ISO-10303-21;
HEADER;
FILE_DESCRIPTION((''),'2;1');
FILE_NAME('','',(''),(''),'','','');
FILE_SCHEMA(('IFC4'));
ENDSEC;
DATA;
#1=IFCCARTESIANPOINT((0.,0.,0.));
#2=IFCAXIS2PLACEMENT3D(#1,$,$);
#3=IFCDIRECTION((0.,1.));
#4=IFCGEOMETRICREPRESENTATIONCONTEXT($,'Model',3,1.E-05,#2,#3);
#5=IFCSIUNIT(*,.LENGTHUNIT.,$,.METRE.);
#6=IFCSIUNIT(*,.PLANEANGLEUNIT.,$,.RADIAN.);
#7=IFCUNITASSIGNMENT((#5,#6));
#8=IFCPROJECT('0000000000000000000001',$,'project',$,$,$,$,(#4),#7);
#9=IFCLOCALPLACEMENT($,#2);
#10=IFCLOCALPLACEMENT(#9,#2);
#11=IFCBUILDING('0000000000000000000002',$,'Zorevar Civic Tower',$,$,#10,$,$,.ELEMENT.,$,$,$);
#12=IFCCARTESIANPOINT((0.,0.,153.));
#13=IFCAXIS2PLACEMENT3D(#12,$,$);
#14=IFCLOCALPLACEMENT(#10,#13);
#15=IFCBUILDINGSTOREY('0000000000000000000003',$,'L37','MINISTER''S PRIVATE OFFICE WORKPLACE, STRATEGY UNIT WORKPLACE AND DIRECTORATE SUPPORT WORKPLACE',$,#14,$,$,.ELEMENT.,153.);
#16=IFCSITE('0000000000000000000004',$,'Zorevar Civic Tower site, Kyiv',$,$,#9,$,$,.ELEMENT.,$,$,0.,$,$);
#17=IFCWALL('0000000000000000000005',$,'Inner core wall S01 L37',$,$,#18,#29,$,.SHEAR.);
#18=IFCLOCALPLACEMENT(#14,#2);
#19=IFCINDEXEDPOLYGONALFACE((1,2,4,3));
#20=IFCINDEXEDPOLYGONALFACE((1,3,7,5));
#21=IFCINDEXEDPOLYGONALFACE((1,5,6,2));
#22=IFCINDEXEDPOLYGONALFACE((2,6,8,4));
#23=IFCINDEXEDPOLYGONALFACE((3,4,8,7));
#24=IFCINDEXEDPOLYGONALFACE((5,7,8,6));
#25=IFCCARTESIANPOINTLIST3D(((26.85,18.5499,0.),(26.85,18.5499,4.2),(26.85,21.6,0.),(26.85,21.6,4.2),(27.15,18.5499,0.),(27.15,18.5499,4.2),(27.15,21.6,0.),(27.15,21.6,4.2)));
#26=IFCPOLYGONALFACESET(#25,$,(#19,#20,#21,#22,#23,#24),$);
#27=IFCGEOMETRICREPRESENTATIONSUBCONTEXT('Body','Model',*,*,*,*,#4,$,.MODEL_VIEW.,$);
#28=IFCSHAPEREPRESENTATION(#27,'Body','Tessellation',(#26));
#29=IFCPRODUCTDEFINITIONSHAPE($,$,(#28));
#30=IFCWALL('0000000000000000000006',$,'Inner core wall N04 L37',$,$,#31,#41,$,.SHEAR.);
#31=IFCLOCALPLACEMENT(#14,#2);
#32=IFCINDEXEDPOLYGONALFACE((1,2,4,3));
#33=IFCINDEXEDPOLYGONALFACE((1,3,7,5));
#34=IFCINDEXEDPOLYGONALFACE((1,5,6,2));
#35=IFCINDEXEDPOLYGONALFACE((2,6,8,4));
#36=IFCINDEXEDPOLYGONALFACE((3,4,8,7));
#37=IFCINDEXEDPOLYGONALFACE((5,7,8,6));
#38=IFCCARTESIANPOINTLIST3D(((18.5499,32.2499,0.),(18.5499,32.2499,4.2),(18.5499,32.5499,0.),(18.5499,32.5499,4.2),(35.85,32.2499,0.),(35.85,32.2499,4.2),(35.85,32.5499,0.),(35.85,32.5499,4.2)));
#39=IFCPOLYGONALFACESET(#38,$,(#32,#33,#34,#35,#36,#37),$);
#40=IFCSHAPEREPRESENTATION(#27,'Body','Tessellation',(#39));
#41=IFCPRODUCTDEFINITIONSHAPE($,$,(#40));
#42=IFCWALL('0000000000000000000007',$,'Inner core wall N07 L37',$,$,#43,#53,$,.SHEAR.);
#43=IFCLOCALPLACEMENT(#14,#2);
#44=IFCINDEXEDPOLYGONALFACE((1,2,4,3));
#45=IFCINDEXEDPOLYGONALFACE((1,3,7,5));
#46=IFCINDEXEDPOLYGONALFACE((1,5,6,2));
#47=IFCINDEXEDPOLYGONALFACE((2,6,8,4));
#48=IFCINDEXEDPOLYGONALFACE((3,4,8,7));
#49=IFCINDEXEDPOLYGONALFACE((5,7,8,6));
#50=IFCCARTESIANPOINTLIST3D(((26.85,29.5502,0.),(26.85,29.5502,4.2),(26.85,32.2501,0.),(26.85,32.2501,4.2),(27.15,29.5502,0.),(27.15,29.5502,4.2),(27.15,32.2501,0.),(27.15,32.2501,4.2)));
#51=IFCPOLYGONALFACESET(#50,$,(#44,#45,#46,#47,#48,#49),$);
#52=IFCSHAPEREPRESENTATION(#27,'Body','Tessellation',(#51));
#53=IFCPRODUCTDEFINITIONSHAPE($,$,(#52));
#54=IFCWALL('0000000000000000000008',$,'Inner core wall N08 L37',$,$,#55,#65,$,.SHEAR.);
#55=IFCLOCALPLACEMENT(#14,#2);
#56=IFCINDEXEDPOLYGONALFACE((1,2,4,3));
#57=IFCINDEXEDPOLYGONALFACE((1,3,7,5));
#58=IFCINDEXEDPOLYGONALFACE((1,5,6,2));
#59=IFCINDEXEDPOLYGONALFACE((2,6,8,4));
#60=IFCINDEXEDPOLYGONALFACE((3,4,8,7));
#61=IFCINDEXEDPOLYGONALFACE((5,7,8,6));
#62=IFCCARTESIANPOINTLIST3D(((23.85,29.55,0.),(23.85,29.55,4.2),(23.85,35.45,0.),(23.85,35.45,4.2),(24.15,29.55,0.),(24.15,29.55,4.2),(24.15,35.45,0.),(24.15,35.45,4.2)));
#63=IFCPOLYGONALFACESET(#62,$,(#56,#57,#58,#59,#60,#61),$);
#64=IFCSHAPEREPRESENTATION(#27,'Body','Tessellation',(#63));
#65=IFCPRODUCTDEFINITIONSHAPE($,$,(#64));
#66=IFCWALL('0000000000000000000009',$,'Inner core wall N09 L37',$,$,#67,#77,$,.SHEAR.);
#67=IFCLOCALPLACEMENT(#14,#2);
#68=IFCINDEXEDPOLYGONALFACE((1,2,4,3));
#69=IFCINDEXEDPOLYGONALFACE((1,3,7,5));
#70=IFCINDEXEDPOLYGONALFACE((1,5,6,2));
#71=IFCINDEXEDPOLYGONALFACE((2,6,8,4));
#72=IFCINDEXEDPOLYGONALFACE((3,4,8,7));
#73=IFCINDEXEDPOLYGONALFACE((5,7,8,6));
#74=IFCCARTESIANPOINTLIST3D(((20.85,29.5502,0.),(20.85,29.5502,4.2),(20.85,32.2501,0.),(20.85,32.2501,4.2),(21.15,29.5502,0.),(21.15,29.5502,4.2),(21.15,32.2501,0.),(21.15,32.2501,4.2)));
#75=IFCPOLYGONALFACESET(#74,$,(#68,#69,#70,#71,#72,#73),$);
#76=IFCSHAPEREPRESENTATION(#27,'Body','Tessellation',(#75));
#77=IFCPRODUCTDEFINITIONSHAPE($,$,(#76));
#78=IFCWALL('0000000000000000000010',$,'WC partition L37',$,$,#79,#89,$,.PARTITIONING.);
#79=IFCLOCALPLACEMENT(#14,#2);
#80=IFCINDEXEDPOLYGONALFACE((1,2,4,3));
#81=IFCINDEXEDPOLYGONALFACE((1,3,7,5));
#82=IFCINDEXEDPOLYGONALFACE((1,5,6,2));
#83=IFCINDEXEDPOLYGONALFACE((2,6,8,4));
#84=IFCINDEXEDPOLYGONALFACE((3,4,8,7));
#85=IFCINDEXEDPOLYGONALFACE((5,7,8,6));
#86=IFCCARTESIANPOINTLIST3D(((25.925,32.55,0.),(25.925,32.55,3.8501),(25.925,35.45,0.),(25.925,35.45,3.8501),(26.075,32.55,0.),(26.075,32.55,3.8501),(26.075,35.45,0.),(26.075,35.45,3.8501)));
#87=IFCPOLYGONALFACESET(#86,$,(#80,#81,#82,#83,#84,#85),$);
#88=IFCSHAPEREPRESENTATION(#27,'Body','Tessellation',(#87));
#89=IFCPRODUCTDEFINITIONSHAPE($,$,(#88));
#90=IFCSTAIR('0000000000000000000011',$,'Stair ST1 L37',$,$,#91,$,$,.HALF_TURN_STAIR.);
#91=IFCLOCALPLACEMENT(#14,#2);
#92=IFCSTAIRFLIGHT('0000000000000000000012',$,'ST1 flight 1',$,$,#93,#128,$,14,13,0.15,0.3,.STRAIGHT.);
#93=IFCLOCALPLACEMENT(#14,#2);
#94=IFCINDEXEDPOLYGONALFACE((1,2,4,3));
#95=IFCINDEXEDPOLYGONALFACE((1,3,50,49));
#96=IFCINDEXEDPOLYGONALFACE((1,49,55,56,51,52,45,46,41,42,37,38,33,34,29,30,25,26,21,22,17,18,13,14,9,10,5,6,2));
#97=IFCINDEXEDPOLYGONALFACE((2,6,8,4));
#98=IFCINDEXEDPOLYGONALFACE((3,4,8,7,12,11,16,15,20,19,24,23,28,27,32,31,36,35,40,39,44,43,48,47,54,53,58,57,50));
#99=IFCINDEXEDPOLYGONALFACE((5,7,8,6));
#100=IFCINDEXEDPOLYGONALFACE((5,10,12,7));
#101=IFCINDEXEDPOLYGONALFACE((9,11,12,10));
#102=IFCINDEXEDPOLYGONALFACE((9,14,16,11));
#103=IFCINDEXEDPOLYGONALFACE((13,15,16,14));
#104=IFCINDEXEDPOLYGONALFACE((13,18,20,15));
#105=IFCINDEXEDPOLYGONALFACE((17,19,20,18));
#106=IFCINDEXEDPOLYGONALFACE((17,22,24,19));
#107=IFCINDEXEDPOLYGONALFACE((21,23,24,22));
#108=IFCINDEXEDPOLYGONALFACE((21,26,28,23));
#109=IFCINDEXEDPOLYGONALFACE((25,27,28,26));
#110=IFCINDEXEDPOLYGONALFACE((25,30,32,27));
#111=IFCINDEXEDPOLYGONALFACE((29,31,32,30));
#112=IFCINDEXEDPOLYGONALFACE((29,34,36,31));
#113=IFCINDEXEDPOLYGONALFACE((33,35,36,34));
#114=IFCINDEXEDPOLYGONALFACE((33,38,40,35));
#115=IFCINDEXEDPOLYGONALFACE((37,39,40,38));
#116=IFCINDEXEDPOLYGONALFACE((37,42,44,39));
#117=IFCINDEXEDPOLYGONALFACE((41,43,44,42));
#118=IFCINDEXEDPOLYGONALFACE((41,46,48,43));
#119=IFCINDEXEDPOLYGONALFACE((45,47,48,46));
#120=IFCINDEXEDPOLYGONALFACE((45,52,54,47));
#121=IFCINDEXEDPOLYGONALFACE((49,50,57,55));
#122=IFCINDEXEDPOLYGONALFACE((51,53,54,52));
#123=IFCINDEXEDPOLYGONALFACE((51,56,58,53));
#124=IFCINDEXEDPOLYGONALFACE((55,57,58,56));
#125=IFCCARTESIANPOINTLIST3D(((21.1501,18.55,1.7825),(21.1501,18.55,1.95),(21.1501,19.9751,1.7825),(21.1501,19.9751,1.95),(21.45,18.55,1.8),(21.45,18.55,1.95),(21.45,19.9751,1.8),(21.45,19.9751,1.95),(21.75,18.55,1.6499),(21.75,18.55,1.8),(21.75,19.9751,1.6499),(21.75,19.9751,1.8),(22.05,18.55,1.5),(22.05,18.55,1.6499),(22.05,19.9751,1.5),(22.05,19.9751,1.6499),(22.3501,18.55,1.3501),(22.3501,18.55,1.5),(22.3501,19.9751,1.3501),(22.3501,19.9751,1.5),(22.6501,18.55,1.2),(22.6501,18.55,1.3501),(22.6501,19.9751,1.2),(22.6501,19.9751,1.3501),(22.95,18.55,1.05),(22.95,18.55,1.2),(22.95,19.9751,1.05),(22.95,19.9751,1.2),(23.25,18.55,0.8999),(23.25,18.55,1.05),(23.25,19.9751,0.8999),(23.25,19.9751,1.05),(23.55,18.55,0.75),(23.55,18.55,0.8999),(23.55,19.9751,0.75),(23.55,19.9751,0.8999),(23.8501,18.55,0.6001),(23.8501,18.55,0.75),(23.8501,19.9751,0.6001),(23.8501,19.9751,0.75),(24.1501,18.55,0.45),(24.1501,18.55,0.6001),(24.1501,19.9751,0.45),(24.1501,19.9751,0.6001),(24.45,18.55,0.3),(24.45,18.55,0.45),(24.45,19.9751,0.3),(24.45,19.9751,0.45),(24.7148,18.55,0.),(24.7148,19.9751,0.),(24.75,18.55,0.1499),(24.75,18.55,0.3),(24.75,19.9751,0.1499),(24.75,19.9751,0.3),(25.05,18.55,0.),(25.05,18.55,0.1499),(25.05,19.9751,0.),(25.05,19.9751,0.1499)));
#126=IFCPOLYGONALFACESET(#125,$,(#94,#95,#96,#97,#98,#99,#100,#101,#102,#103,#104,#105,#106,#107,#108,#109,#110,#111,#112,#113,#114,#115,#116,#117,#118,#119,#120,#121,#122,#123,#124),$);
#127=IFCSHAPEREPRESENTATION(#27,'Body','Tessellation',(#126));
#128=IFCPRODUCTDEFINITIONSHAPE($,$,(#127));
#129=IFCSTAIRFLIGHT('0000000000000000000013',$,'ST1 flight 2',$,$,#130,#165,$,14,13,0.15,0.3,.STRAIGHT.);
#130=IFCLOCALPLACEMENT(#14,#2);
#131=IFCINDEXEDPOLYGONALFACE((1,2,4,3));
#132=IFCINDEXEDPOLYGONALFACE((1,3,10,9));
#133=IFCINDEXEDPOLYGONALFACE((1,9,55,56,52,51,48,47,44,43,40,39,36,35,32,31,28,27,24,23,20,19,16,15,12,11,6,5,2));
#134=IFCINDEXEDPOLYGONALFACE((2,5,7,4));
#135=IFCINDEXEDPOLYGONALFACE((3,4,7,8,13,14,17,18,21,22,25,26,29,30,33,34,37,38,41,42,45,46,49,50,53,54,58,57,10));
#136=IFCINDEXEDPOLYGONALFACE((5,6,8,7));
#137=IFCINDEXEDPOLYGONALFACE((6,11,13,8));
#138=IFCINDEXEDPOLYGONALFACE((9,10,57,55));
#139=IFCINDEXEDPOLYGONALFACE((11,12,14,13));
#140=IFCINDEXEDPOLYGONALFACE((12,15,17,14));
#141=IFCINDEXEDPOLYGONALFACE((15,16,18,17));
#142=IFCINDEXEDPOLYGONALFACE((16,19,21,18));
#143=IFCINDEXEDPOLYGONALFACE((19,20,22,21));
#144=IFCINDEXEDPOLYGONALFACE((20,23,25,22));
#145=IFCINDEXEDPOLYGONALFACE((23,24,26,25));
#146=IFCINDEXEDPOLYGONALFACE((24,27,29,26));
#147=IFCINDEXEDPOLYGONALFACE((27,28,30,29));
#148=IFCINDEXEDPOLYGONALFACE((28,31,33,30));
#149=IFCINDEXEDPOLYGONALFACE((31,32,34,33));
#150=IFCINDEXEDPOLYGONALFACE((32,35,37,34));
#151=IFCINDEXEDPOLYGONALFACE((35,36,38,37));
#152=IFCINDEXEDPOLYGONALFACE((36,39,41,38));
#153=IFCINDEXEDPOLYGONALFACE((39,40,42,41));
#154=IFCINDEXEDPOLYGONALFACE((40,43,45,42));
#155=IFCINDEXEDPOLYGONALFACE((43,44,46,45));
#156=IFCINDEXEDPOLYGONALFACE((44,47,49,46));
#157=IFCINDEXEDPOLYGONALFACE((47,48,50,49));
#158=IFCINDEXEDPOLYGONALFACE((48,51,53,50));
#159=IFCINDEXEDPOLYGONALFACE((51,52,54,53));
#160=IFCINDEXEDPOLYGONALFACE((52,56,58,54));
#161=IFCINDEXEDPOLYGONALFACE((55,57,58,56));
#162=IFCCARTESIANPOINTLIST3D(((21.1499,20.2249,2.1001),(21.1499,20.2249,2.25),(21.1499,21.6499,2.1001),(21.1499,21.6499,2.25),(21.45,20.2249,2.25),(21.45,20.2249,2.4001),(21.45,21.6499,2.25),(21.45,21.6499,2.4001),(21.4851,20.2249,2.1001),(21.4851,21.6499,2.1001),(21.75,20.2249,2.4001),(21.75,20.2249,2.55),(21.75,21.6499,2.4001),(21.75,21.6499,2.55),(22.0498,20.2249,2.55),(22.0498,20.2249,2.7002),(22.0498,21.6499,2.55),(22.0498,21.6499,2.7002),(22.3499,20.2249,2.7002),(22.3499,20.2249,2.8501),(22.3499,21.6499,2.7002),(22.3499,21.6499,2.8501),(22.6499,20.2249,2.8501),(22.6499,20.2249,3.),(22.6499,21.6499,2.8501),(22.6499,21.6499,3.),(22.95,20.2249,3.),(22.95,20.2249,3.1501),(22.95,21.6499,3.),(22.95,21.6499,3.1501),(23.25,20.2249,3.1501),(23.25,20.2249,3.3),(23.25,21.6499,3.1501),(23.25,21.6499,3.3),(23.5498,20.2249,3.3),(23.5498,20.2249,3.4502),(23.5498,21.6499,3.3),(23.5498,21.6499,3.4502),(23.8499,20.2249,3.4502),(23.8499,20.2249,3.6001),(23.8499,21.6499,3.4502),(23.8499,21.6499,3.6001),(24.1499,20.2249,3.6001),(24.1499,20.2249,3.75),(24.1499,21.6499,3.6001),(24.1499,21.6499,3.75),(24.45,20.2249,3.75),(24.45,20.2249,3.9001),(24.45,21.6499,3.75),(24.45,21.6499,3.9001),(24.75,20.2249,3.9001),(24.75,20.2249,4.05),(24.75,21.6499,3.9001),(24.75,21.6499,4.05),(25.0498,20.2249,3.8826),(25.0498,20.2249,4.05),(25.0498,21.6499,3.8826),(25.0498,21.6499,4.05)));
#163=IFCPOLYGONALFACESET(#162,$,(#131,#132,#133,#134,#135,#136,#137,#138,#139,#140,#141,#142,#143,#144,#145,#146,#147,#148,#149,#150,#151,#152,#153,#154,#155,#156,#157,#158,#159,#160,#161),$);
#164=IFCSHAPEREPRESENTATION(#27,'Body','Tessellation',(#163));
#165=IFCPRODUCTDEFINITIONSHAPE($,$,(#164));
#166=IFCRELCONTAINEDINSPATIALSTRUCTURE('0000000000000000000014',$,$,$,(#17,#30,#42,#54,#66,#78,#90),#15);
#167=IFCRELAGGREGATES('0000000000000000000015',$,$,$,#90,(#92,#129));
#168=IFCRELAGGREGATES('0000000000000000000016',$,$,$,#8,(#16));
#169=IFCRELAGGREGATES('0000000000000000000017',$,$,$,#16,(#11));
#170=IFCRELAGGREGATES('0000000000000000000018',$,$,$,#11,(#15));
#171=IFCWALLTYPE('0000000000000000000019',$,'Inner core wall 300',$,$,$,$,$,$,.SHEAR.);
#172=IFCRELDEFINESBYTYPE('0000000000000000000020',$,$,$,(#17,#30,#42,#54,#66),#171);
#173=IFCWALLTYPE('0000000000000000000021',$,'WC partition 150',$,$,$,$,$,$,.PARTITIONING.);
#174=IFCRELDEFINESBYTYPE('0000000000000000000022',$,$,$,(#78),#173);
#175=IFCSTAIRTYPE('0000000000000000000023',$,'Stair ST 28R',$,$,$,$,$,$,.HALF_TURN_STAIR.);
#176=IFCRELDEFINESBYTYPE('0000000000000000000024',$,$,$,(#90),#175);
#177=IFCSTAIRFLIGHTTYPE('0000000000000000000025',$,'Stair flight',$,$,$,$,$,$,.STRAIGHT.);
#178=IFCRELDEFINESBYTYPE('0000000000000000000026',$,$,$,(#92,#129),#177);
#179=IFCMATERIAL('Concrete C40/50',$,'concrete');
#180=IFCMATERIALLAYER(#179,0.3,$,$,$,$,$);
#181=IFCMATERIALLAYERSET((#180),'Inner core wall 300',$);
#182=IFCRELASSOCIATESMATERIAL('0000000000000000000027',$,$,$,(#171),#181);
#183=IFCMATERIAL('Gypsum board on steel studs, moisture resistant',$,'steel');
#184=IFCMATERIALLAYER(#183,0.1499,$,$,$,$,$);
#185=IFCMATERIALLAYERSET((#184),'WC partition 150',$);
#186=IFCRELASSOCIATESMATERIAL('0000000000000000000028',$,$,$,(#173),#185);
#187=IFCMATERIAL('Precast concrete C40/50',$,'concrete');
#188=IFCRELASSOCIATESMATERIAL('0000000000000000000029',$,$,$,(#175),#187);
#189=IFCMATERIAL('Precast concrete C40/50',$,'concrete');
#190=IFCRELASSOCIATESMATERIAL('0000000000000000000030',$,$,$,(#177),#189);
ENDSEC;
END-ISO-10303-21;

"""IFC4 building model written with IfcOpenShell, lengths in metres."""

from ifc_helpers import new_model, si_unit, direction, frame, frame_2d, origin, place, context, subcontext, project, spatial, polyline, rectangle, outline, extrude, material, layer, layer_set, type_object, element, aggregate, save


model = new_model("IFC4")

# Units and contexts
model_context = context("Model", 3, precision=1e-05, world=origin(), true_north=direction((0.0, 1.0)))
body_context = subcontext(model_context, "Body", "Model", "MODEL_VIEW")
ifc_project = project(units=[si_unit("LENGTHUNIT", "METRE"), si_unit("PLANEANGLEUNIT", "RADIAN")], contexts=[model_context])

# Site, building, storey
site_placement = place(None, origin())
site = spatial("IfcSite", under=ifc_project, at=site_placement, Name="Zorevar Civic Tower site, Kyiv", CompositionType="ELEMENT", RefElevation=0.0)
building_placement = place(site_placement, origin())
building = spatial("IfcBuilding", under=site, at=building_placement, Name="Zorevar Civic Tower", CompositionType="ELEMENT")
storey_placement = place(building_placement, frame((0.0, 0.0, 153.0)))
storey = spatial("IfcBuildingStorey", under=building, at=storey_placement, Name="L37", Description="MINISTER'S PRIVATE OFFICE WORKPLACE, STRATEGY UNIT WORKPLACE AND DIRECTORATE SUPPORT WORKPLACE", CompositionType="ELEMENT", Elevation=153.0)

# Wall
ifc_material_1 = material(Name="Concrete C40/50", Category="concrete")
ifc_layer_1 = layer(ifc_material_1, 0.3)
ifc_layer_set_1 = layer_set([ifc_layer_1], Name="Inner core wall 300")
wall_type_1 = type_object("IfcWallType", Name="Inner core wall 300", PredefinedType="SHEAR", material=ifc_layer_set_1)
wall_1_placement = place(storey_placement, frame((27.0, 18.55, 0.0), z_axis=(0.0, 0.0, 1.0), x_axis=(0.0, 1.0, 0.0)))
element("IfcWall", 1, at=wall_1_placement, inside=storey, type_object=wall_type_1, Name="Inner core wall S01 L37", PredefinedType="SHEAR", context=body_context, shape_type="SweptSolid", body=[
    extrude(rectangle(XDim=3.05, YDim=0.3, at=frame_2d((1.5249, 0.0))), origin(), (0.0, 0.0, 1.0), 4.2),
])

# Walls
wall_2_placement = place(storey_placement, frame((18.55, 32.3999, 0.0), z_axis=(0.0, 0.0, 1.0), x_axis=(1.0, 0.0, 0.0)))
element("IfcWall", 2, at=wall_2_placement, inside=storey, type_object=wall_type_1, Name="Inner core wall N04 L37", PredefinedType="SHEAR", context=body_context, shape_type="SweptSolid", body=[
    extrude(rectangle(XDim=17.3, YDim=0.3, at=frame_2d((8.6499, 0.0))), origin(), (0.0, 0.0, 1.0), 4.2),
])
wall_3_placement = place(storey_placement, frame((27.0, 29.55, 0.0), z_axis=(0.0, 0.0, 1.0), x_axis=(0.0, 1.0, 0.0)))
element("IfcWall", 3, at=wall_3_placement, inside=storey, type_object=wall_type_1, Name="Inner core wall N07 L37", PredefinedType="SHEAR", context=body_context, shape_type="SweptSolid", body=[
    extrude(rectangle(XDim=2.7, YDim=0.3, at=frame_2d((1.3501, 0.0))), origin(), (0.0, 0.0, 1.0), 4.2),
])
wall_4_placement = place(storey_placement, frame((24.0, 29.55, 0.0), z_axis=(0.0, 0.0, 1.0), x_axis=(0.0, 1.0, 0.0)))
element("IfcWall", 4, at=wall_4_placement, inside=storey, type_object=wall_type_1, Name="Inner core wall N08 L37", PredefinedType="SHEAR", context=body_context, shape_type="SweptSolid", body=[
    extrude(rectangle(XDim=5.8999, YDim=0.3, at=frame_2d((2.95, 0.0))), origin(), (0.0, 0.0, 1.0), 4.2),
])
wall_5_placement = place(storey_placement, frame((21.0, 29.55, 0.0), z_axis=(0.0, 0.0, 1.0), x_axis=(0.0, 1.0, 0.0)))
element("IfcWall", 5, at=wall_5_placement, inside=storey, type_object=wall_type_1, Name="Inner core wall N09 L37", PredefinedType="SHEAR", context=body_context, shape_type="SweptSolid", body=[
    extrude(rectangle(XDim=2.7, YDim=0.3, at=frame_2d((1.3501, 0.0))), origin(), (0.0, 0.0, 1.0), 4.2),
])
ifc_material_2 = material(Name="Gypsum board on steel studs, moisture resistant", Category="steel")
ifc_layer_2 = layer(ifc_material_2, 0.1499)
ifc_layer_set_2 = layer_set([ifc_layer_2], Name="WC partition 150")
wall_type_2 = type_object("IfcWallType", Name="WC partition 150", PredefinedType="PARTITIONING", material=ifc_layer_set_2)
wall_6_placement = place(storey_placement, frame((26.0, 32.55, 0.0), z_axis=(0.0, 0.0, 1.0), x_axis=(0.0, 1.0, 0.0)))
element("IfcWall", 6, at=wall_6_placement, inside=storey, type_object=wall_type_2, Name="WC partition L37", PredefinedType="PARTITIONING", context=body_context, shape_type="SweptSolid", body=[
    extrude(rectangle(XDim=2.8999, YDim=0.1499, at=frame_2d((1.45, 0.0))), origin(), (0.0, 0.0, 1.0), 3.8501),
])

# Stair, stair flights
ifc_material_3 = material(Name="Precast concrete C40/50", Category="concrete")
stair_type = type_object("IfcStairType", Name="Stair ST 28R", PredefinedType="HALF_TURN_STAIR", material=ifc_material_3)
stair_placement = place(storey_placement, origin())
stair = element("IfcStair", 7, at=stair_placement, inside=storey, type_object=stair_type, Name="Stair ST1 L37", PredefinedType="HALF_TURN_STAIR")
ifc_material_4 = material(Name="Precast concrete C40/50", Category="concrete")
stair_flight_type = type_object("IfcStairFlightType", Name="Stair flight", PredefinedType="STRAIGHT", material=ifc_material_4)
stair_flight_1_placement = place(storey_placement, frame((25.05, 19.2625, 0.0), z_axis=(0.0, 0.0, 1.0), x_axis=(-1.0, 0.0, 0.0)))
stair_flight_1 = element("IfcStairFlight", 8, at=stair_flight_1_placement, type_object=stair_flight_type, Name="ST1 flight 1", NumberOfRisers=14, NumberOfTreads=13, PredefinedType="STRAIGHT", RiserHeight=0.15, TreadLength=0.3, context=body_context, shape_type="SweptSolid", body=[
    extrude(outline(polyline([(0.0, 0.0), (0.0, 0.1499), (0.3, 0.1499), (0.3, 0.3), (0.6001, 0.3), (0.6001, 0.45), (0.8999, 0.45), (0.8999, 0.6001), (1.2, 0.6001), (1.2, 0.75), (1.5, 0.75), (1.5, 0.8999), (1.8, 0.8999), (1.8, 1.05), (2.1001, 1.05), (2.1001, 1.2), (2.3999, 1.2), (2.3999, 1.3501), (2.7, 1.3501), (2.7, 1.5), (3.0, 1.5), (3.0, 1.6499), (3.3, 1.6499), (3.3, 1.8), (3.6001, 1.8), (3.6001, 1.95), (3.8999, 1.95), (3.8999, 2.1001), (3.8999, 1.7825), (0.3352, 0.0), (0.0, 0.0)])), frame((0.0, 0.7124, 0.0), z_axis=(0.0, -1.0, 0.0), x_axis=(1.0, 0.0, 0.0)), (0.0, 0.0, 1.0), 1.425),
])
stair_flight_2_placement = place(storey_placement, frame((21.1499, 20.9375, 2.1001), z_axis=(0.0, 0.0, 1.0), x_axis=(1.0, 0.0, 0.0)))
stair_flight_2 = element("IfcStairFlight", 9, at=stair_flight_2_placement, type_object=stair_flight_type, Name="ST1 flight 2", NumberOfRisers=14, NumberOfTreads=13, PredefinedType="STRAIGHT", RiserHeight=0.15, TreadLength=0.3, context=body_context, shape_type="SweptSolid", body=[
    extrude(outline(polyline([(0.0, 0.0), (0.0, 0.1499), (0.3, 0.1499), (0.3, 0.3), (0.6001, 0.3), (0.6001, 0.45), (0.8999, 0.45), (0.8999, 0.6001), (1.2, 0.6001), (1.2, 0.75), (1.5, 0.75), (1.5, 0.8999), (1.8, 0.8999), (1.8, 1.05), (2.1001, 1.05), (2.1001, 1.2), (2.3999, 1.2), (2.3999, 1.3501), (2.7, 1.3501), (2.7, 1.5), (3.0, 1.5), (3.0, 1.6499), (3.3, 1.6499), (3.3, 1.8), (3.6001, 1.8), (3.6001, 1.95), (3.8999, 1.95), (3.8999, 2.1001), (3.8999, 1.7825), (0.3352, 0.0), (0.0, 0.0)])), frame((0.0, 0.7124, 0.0), z_axis=(0.0, -1.0, 0.0), x_axis=(1.0, 0.0, 0.0)), (0.0, 0.0, 1.0), 1.425),
])
aggregate(stair, [stair_flight_1, stair_flight_2])

save(model, "model.ifc")
